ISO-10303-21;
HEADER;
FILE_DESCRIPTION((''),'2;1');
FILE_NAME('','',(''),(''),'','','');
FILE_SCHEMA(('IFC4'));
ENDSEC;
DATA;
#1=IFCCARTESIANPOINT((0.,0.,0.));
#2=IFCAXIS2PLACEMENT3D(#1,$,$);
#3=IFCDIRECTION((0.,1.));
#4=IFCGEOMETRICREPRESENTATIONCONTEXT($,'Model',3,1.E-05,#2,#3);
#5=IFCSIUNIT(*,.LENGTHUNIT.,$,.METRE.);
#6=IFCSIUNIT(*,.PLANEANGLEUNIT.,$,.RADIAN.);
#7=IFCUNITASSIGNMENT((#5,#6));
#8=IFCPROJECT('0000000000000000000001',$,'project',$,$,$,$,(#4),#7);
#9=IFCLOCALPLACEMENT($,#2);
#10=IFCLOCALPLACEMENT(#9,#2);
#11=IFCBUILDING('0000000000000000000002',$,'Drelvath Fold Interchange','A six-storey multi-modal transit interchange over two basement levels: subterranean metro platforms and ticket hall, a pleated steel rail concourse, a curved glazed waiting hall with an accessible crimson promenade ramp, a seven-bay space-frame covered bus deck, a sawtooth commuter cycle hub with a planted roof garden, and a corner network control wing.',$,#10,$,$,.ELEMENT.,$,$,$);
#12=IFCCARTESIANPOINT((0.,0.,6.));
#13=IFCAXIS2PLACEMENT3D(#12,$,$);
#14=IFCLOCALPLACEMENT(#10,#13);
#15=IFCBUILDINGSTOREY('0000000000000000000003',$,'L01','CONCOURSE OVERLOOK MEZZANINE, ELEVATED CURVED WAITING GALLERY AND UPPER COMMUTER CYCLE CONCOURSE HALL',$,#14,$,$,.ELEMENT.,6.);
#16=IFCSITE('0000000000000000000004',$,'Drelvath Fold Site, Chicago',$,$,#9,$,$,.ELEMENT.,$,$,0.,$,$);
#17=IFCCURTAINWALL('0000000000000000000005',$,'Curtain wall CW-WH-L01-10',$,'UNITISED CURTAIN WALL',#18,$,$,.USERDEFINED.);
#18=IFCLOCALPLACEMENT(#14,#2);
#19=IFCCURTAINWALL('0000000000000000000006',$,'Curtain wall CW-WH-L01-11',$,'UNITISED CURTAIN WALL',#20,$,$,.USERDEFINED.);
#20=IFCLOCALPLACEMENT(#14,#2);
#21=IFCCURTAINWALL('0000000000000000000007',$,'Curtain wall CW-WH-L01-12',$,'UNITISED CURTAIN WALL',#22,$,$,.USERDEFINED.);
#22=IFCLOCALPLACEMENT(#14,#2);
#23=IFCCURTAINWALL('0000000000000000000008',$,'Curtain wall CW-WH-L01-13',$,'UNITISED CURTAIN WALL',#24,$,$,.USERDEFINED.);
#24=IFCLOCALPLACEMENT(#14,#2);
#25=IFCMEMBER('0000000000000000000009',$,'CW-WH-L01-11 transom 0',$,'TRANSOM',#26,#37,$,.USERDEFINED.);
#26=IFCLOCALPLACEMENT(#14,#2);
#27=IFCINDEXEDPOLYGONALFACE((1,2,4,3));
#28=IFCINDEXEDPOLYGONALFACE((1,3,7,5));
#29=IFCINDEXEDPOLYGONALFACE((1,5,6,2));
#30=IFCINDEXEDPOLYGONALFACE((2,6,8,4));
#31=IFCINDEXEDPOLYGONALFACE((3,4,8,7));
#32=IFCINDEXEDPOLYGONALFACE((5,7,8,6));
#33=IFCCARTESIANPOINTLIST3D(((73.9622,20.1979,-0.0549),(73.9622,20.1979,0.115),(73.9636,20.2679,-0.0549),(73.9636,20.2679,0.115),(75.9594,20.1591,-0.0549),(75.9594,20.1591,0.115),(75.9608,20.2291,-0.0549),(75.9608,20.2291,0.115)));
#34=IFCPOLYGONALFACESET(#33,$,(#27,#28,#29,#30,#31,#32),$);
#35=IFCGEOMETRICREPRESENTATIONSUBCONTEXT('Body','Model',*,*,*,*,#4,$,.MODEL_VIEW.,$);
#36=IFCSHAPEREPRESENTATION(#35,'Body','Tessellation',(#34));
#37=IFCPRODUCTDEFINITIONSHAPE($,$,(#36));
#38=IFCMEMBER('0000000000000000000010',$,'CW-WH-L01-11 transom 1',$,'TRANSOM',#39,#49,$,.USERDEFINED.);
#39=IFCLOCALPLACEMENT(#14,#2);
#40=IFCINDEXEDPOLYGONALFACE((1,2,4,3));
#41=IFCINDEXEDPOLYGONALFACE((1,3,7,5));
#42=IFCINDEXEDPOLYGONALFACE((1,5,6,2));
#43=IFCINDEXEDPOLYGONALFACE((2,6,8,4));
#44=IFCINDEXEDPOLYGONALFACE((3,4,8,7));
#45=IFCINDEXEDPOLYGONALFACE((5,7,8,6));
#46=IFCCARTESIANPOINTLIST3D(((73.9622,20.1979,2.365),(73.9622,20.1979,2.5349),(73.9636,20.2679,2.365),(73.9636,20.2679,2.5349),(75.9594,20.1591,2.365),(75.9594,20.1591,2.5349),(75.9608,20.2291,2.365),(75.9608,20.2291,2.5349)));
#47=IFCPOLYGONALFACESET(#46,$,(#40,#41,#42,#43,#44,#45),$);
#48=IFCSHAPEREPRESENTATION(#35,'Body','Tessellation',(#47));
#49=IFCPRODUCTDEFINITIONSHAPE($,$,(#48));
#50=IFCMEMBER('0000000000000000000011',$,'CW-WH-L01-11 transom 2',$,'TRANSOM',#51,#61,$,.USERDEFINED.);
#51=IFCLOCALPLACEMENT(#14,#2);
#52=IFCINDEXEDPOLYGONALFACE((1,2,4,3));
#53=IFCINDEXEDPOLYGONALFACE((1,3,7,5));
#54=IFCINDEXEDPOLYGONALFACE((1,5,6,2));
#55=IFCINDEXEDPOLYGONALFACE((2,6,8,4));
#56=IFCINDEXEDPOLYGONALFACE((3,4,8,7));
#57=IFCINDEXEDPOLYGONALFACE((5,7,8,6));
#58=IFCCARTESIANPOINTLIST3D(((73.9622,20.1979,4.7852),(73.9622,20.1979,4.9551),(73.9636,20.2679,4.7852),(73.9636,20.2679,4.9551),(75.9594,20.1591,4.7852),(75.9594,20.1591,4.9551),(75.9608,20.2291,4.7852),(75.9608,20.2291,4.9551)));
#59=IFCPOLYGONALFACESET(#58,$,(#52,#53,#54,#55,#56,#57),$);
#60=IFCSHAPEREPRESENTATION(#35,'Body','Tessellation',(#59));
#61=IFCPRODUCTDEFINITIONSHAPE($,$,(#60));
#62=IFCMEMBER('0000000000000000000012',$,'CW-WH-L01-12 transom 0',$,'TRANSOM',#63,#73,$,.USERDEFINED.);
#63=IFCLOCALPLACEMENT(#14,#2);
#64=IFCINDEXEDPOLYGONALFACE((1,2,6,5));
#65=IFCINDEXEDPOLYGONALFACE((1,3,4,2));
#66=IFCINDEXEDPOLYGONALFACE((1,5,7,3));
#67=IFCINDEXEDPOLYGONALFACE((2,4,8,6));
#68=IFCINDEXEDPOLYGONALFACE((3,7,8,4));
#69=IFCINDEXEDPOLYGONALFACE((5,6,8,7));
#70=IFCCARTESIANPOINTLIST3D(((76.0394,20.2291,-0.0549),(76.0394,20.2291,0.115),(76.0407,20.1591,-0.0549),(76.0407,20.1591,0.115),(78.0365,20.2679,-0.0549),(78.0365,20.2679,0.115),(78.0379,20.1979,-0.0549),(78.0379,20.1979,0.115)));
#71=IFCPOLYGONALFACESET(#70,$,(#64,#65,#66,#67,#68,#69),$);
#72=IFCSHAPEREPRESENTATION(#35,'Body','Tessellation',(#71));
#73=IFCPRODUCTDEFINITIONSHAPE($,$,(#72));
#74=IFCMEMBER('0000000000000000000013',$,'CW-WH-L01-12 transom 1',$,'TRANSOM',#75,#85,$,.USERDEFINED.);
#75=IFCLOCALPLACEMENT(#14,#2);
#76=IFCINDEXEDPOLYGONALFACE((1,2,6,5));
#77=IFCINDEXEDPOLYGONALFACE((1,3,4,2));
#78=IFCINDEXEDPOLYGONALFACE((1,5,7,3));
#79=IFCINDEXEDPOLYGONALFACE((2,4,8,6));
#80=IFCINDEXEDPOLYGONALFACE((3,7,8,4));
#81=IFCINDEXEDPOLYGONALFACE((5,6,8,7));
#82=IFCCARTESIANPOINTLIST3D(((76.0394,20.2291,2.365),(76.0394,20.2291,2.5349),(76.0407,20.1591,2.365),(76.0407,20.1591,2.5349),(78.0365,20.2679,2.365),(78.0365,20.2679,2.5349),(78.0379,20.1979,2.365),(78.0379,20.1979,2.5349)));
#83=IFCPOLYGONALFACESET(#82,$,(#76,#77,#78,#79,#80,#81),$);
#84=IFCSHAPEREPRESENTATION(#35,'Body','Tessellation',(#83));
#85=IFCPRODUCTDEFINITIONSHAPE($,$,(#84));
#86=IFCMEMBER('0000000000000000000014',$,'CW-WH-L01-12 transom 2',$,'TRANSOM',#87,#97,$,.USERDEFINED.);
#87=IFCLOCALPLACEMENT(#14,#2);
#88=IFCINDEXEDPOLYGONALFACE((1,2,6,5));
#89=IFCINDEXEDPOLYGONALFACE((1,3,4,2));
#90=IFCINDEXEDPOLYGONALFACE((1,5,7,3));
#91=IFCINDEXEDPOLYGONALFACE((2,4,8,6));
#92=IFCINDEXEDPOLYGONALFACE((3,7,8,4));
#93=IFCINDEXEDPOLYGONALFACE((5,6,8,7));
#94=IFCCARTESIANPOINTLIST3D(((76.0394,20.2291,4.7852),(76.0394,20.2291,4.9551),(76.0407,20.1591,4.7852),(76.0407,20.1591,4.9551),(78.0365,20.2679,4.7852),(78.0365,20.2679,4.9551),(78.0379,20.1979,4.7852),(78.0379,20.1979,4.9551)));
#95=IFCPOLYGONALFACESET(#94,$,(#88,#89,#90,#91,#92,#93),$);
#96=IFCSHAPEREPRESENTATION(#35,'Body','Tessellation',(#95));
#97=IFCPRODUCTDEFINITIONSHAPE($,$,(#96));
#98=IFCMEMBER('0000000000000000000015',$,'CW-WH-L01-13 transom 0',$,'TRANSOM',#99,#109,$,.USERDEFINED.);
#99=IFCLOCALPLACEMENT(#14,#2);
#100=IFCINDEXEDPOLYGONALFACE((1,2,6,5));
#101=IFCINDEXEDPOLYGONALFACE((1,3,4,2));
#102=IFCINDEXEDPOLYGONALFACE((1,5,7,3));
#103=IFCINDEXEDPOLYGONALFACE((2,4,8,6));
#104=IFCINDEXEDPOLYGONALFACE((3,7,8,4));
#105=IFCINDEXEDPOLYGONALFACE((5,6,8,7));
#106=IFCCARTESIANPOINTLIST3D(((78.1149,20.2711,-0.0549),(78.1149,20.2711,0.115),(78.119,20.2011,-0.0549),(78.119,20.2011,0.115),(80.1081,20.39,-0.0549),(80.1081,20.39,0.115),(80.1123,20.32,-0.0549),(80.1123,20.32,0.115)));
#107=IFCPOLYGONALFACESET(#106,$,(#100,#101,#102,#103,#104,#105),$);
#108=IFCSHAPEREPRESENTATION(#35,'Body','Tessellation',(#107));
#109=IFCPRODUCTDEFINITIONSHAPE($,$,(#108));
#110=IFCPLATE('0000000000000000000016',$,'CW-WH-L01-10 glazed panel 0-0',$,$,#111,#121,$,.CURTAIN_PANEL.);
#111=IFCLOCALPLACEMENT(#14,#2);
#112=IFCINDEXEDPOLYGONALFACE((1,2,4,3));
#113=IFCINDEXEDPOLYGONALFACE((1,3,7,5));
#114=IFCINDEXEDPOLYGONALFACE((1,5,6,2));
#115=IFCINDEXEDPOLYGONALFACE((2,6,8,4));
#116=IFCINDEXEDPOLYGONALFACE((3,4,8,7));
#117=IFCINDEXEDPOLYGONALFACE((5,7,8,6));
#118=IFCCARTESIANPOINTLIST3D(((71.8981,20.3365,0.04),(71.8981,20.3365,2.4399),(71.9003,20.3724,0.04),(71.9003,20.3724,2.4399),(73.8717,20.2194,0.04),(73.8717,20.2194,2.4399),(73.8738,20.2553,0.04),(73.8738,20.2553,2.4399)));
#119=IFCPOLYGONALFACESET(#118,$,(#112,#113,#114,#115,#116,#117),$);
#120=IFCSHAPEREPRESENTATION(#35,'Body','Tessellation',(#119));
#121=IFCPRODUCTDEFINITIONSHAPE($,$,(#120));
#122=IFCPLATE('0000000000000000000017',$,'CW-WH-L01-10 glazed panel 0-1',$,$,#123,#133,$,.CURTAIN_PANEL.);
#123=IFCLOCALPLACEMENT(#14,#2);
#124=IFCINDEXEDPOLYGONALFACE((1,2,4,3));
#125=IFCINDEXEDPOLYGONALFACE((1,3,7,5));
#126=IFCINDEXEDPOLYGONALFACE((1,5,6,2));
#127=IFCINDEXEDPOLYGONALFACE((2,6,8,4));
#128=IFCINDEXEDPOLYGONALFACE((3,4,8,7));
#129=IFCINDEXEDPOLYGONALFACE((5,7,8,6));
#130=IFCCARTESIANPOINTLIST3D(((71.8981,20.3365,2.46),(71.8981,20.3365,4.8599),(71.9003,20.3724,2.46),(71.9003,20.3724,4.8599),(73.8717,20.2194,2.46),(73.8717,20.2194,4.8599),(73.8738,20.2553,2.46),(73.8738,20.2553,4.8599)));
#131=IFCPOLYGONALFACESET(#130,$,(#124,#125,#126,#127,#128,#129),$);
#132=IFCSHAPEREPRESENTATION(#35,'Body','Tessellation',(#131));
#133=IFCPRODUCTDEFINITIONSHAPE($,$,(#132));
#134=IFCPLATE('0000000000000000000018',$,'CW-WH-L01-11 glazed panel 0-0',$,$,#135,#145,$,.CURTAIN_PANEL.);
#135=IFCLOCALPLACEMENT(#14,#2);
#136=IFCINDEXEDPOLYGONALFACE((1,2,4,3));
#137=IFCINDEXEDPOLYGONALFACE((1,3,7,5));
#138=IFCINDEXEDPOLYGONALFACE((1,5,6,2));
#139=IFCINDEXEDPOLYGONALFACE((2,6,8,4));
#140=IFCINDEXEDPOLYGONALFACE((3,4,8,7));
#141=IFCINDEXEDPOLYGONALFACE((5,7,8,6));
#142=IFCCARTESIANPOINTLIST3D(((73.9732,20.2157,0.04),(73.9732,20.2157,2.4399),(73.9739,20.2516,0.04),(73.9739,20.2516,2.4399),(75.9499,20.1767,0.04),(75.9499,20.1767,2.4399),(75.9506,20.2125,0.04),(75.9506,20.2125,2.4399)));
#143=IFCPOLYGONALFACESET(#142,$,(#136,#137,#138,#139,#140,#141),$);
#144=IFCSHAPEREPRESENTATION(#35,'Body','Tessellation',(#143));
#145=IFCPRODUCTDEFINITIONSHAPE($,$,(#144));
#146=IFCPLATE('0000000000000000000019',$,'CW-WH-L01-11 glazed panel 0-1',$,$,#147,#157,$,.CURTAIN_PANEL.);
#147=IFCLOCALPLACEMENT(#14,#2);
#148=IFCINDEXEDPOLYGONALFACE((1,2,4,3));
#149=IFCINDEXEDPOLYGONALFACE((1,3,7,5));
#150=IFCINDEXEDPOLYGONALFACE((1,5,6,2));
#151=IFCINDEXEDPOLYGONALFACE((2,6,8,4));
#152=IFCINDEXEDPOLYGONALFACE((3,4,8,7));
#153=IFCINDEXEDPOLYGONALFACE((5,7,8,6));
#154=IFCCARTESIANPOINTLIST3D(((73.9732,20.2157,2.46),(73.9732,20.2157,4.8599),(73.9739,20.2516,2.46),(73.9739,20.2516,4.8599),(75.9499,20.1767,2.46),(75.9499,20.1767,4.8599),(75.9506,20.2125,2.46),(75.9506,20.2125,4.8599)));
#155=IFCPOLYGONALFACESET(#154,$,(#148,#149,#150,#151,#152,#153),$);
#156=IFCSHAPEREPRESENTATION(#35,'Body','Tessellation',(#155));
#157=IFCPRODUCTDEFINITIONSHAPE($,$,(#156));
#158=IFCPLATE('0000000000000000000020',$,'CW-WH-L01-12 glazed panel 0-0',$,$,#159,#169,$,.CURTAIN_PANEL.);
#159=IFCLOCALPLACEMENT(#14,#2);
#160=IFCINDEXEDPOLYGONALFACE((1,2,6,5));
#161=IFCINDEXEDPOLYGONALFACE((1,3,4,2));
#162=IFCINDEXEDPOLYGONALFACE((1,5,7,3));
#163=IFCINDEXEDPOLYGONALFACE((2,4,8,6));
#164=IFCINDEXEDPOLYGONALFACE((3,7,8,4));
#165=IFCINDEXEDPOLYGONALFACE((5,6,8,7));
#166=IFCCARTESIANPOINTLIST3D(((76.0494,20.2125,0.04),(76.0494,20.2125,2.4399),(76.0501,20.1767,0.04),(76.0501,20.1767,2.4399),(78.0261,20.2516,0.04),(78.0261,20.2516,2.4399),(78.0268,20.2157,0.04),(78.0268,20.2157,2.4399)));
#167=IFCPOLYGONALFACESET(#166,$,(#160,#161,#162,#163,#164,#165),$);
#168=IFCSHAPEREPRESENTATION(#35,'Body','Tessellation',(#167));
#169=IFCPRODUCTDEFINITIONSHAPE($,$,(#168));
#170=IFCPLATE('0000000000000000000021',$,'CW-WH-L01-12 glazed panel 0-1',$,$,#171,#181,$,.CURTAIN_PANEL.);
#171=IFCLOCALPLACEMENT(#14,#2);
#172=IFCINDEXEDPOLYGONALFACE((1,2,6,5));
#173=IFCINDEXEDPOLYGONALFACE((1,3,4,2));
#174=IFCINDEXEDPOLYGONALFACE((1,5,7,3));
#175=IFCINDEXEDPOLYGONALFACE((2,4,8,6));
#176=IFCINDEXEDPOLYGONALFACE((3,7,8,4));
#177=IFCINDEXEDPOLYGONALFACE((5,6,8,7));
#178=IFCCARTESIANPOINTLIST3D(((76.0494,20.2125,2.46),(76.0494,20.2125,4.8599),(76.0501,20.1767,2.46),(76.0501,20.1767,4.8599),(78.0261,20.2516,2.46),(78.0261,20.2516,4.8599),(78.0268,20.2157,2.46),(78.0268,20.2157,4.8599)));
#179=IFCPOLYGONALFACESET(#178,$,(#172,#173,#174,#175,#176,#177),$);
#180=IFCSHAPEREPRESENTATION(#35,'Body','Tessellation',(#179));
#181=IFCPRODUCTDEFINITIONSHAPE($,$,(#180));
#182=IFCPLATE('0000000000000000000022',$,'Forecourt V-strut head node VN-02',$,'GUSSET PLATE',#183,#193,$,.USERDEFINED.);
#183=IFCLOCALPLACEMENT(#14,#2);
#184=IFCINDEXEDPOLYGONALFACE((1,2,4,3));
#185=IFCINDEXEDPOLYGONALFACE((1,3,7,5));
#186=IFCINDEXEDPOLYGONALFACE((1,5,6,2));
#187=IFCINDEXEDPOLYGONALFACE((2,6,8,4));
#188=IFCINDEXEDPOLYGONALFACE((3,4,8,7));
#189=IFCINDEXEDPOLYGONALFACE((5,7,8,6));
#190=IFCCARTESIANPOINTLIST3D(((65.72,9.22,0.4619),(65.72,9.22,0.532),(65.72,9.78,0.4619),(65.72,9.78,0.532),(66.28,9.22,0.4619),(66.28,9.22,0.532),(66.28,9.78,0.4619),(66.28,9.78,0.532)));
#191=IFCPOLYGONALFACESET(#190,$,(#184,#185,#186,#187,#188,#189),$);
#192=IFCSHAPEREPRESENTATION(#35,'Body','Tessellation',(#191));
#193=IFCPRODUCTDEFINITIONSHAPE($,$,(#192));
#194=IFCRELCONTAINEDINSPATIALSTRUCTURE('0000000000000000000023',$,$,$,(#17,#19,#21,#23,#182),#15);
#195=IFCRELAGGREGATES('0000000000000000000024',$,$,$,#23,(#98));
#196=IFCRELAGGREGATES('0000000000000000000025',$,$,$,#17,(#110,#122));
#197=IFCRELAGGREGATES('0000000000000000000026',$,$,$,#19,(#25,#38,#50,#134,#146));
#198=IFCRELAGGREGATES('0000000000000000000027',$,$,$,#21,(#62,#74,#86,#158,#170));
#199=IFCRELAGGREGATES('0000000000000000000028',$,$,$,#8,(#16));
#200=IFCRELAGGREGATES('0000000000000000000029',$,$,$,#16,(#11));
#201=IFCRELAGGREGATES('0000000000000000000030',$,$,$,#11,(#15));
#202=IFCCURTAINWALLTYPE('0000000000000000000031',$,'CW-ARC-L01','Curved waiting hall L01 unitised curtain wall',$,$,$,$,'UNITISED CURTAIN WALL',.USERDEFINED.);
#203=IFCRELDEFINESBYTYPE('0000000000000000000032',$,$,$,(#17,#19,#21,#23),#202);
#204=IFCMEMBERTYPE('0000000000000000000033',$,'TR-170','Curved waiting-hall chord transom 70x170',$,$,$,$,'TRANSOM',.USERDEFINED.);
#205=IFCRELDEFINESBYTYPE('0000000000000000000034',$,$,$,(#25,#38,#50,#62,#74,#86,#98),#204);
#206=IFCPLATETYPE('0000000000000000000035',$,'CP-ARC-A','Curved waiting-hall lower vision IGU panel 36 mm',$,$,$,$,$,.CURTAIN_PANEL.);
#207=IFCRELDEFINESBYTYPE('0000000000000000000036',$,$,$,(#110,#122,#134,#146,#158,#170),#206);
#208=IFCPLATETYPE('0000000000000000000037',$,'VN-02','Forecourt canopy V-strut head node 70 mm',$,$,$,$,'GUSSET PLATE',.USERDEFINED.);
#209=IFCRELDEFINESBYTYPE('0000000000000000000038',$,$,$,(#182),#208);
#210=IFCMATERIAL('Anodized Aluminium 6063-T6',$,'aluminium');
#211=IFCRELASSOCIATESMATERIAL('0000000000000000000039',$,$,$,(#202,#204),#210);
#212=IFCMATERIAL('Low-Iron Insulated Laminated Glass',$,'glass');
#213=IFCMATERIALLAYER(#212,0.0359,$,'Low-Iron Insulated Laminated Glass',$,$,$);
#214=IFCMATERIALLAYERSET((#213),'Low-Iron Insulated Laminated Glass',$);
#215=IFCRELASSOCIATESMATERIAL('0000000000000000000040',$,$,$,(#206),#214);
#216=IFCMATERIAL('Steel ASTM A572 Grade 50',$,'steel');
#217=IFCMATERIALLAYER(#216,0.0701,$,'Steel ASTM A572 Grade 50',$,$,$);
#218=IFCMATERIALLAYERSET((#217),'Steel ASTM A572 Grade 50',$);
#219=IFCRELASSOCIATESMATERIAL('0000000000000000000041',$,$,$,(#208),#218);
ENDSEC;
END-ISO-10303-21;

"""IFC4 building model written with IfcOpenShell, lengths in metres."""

from ifc_helpers import new_model, si_unit, direction, frame, origin, origin_2d, place, context, subcontext, project, spatial, rectangle, extrude, material, layer, layer_set, material_profile, profile_set, type_object, element, aggregate, save


model = new_model("IFC4")

# Units and contexts
model_context = context("Model", 3, precision=1e-05, world=origin(), true_north=direction((0.0, 1.0)))
body_context = subcontext(model_context, "Body", "Model", "MODEL_VIEW")
ifc_project = project(units=[si_unit("LENGTHUNIT", "METRE"), si_unit("PLANEANGLEUNIT", "RADIAN")], contexts=[model_context])

# Site, building, storey
site_placement = place(None, origin())
site = spatial("IfcSite", under=ifc_project, at=site_placement, Name="Drelvath Fold Site, Chicago", CompositionType="ELEMENT", RefElevation=0.0)
building_placement = place(site_placement, origin())
building = spatial("IfcBuilding", under=site, at=building_placement, Name="Drelvath Fold Interchange", Description="A six-storey multi-modal transit interchange over two basement levels: subterranean metro platforms and ticket hall, a pleated steel rail concourse, a curved glazed waiting hall with an accessible crimson promenade ramp, a seven-bay space-frame covered bus deck, a sawtooth commuter cycle hub with a planted roof garden, and a corner network control wing.", CompositionType="ELEMENT")
storey_placement = place(building_placement, frame((0.0, 0.0, 6.0)))
storey = spatial("IfcBuildingStorey", under=building, at=storey_placement, Name="L01", Description="CONCOURSE OVERLOOK MEZZANINE, ELEVATED CURVED WAITING GALLERY AND UPPER COMMUTER CYCLE CONCOURSE HALL", CompositionType="ELEMENT", Elevation=6.0)

# Curtain walls
ifc_material_1 = material(Name="Anodized Aluminium 6063-T6", Category="aluminium")
curtain_wall_type = type_object("IfcCurtainWallType", Name="CW-ARC-L01", Description="Curved waiting hall L01 unitised curtain wall", ElementType="UNITISED CURTAIN WALL", PredefinedType="USERDEFINED", material=ifc_material_1)
curtain_wall_1_placement = place(storey_placement, origin())
curtain_wall_1 = element("IfcCurtainWall", 1, at=curtain_wall_1_placement, inside=storey, type_object=curtain_wall_type, Name="Curtain wall CW-WH-L01-10", ObjectType="UNITISED CURTAIN WALL", PredefinedType="USERDEFINED")
curtain_wall_2_placement = place(storey_placement, origin())
curtain_wall_2 = element("IfcCurtainWall", 2, at=curtain_wall_2_placement, inside=storey, type_object=curtain_wall_type, Name="Curtain wall CW-WH-L01-11", ObjectType="UNITISED CURTAIN WALL", PredefinedType="USERDEFINED")
curtain_wall_3_placement = place(storey_placement, origin())
curtain_wall_3 = element("IfcCurtainWall", 3, at=curtain_wall_3_placement, inside=storey, type_object=curtain_wall_type, Name="Curtain wall CW-WH-L01-12", ObjectType="UNITISED CURTAIN WALL", PredefinedType="USERDEFINED")

# Curtain wall
curtain_wall_4_placement = place(storey_placement, origin())
curtain_wall_4 = element("IfcCurtainWall", 4, at=curtain_wall_4_placement, inside=storey, type_object=curtain_wall_type, Name="Curtain wall CW-WH-L01-13", ObjectType="UNITISED CURTAIN WALL", PredefinedType="USERDEFINED")

# Members
ifc_material_profile_1 = material_profile(ifc_material_1, rectangle(XDim=0.0701, YDim=0.1699, at=origin_2d()), Name="AL-T 70x170")
ifc_profile_set_1 = profile_set([ifc_material_profile_1], Name="Anodized Aluminium 6063-T6")
member_type_1 = type_object("IfcMemberType", Name="TR-170", Description="Curved waiting-hall chord transom 70x170", ElementType="TRANSOM", PredefinedType="USERDEFINED", material=ifc_profile_set_1)
member_1_placement = place(storey_placement, frame((73.9629, 20.2329, 0.03), z_axis=(0.999811, -0.019434, 0.0), x_axis=(0.019434, 0.999811, 0.0)))
member_1 = element("IfcMember", 5, at=member_1_placement, type_object=member_type_1, Name="CW-WH-L01-11 transom 0", ObjectType="TRANSOM", PredefinedType="USERDEFINED", context=body_context, shape_type="SweptSolid", body=[
    extrude(rectangle(XDim=0.0701, YDim=0.1699, at=origin_2d()), origin(), (0.0, 0.0, 1.0), 1.9976),
])
member_2_placement = place(storey_placement, frame((73.9629, 20.2329, 2.45), z_axis=(0.999811, -0.019434, 0.0), x_axis=(0.019434, 0.999811, 0.0)))
member_2 = element("IfcMember", 6, at=member_2_placement, type_object=member_type_1, Name="CW-WH-L01-11 transom 1", ObjectType="TRANSOM", PredefinedType="USERDEFINED", context=body_context, shape_type="SweptSolid", body=[
    extrude(rectangle(XDim=0.0701, YDim=0.1699, at=origin_2d()), origin(), (0.0, 0.0, 1.0), 1.9976),
])
member_3_placement = place(storey_placement, frame((73.9629, 20.2329, 4.8701), z_axis=(0.999811, -0.019434, 0.0), x_axis=(0.019434, 0.999811, 0.0)))
member_3 = element("IfcMember", 7, at=member_3_placement, type_object=member_type_1, Name="CW-WH-L01-11 transom 2", ObjectType="TRANSOM", PredefinedType="USERDEFINED", context=body_context, shape_type="SweptSolid", body=[
    extrude(rectangle(XDim=0.0701, YDim=0.1699, at=origin_2d()), origin(), (0.0, 0.0, 1.0), 1.9976),
])
member_4_placement = place(storey_placement, frame((76.04, 20.1941, 0.03), z_axis=(0.999811, 0.019434, 0.0), x_axis=(-0.019434, 0.999811, 0.0)))
member_4 = element("IfcMember", 8, at=member_4_placement, type_object=member_type_1, Name="CW-WH-L01-12 transom 0", ObjectType="TRANSOM", PredefinedType="USERDEFINED", context=body_context, shape_type="SweptSolid", body=[
    extrude(rectangle(XDim=0.0701, YDim=0.1699, at=origin_2d()), origin(), (0.0, 0.0, 1.0), 1.9976),
])
member_5_placement = place(storey_placement, frame((76.04, 20.1941, 2.45), z_axis=(0.999811, 0.019434, 0.0), x_axis=(-0.019434, 0.999811, 0.0)))
member_5 = element("IfcMember", 9, at=member_5_placement, type_object=member_type_1, Name="CW-WH-L01-12 transom 1", ObjectType="TRANSOM", PredefinedType="USERDEFINED", context=body_context, shape_type="SweptSolid", body=[
    extrude(rectangle(XDim=0.0701, YDim=0.1699, at=origin_2d()), origin(), (0.0, 0.0, 1.0), 1.9976),
])
member_6_placement = place(storey_placement, frame((76.04, 20.1941, 4.8701), z_axis=(0.999811, 0.019434, 0.0), x_axis=(-0.019434, 0.999811, 0.0)))
member_6 = element("IfcMember", 10, at=member_6_placement, type_object=member_type_1, Name="CW-WH-L01-12 transom 2", ObjectType="TRANSOM", PredefinedType="USERDEFINED", context=body_context, shape_type="SweptSolid", body=[
    extrude(rectangle(XDim=0.0701, YDim=0.1699, at=origin_2d()), origin(), (0.0, 0.0, 1.0), 1.9976),
])
member_7_placement = place(storey_placement, frame((78.1169, 20.2361, 0.03), z_axis=(0.998226, 0.059546, 0.0), x_axis=(-0.059546, 0.998226, 0.0)))
member_7 = element("IfcMember", 11, at=member_7_placement, type_object=member_type_1, Name="CW-WH-L01-13 transom 0", ObjectType="TRANSOM", PredefinedType="USERDEFINED", context=body_context, shape_type="SweptSolid", body=[
    extrude(rectangle(XDim=0.0701, YDim=0.1699, at=origin_2d()), origin(), (0.0, 0.0, 1.0), 1.9968),
])
aggregate(curtain_wall_4, [member_7])

# Plates
ifc_material_2 = material(Name="Low-Iron Insulated Laminated Glass", Category="glass")
ifc_layer_1 = layer(ifc_material_2, 0.0359, Name="Low-Iron Insulated Laminated Glass")
ifc_layer_set_1 = layer_set([ifc_layer_1], Name="Low-Iron Insulated Laminated Glass")
plate_type_1 = type_object("IfcPlateType", Name="CP-ARC-A", Description="Curved waiting-hall lower vision IGU panel 36 mm", PredefinedType="CURTAIN_PANEL", material=ifc_layer_set_1)
plate_1_placement = place(storey_placement, frame((72.886, 20.2959, 0.04), z_axis=(0.0, 0.0, 1.0), x_axis=(0.998244, -0.059237, 0.0)))
plate_1 = element("IfcPlate", 12, at=plate_1_placement, type_object=plate_type_1, Name="CW-WH-L01-10 glazed panel 0-0", PredefinedType="CURTAIN_PANEL", context=body_context, shape_type="SweptSolid", body=[
    extrude(rectangle(XDim=1.9771, YDim=0.0359, at=origin_2d()), origin(), (0.0, 0.0, 1.0), 2.3999),
])
plate_2_placement = place(storey_placement, frame((72.886, 20.2959, 2.46), z_axis=(0.0, 0.0, 1.0), x_axis=(0.998244, -0.059237, 0.0)))
plate_2 = element("IfcPlate", 13, at=plate_2_placement, type_object=plate_type_1, Name="CW-WH-L01-10 glazed panel 0-1", PredefinedType="CURTAIN_PANEL", context=body_context, shape_type="SweptSolid", body=[
    extrude(rectangle(XDim=1.9771, YDim=0.0359, at=origin_2d()), origin(), (0.0, 0.0, 1.0), 2.3999),
])
aggregate(curtain_wall_1, [plate_1, plate_2])
plate_3_placement = place(storey_placement, frame((74.9619, 20.2141, 0.04), z_axis=(0.0, 0.0, 1.0), x_axis=(0.999805, -0.019738, 0.0)))
plate_3 = element("IfcPlate", 14, at=plate_3_placement, type_object=plate_type_1, Name="CW-WH-L01-11 glazed panel 0-0", PredefinedType="CURTAIN_PANEL", context=body_context, shape_type="SweptSolid", body=[
    extrude(rectangle(XDim=1.9771, YDim=0.0359, at=origin_2d()), origin(), (0.0, 0.0, 1.0), 2.3999),
])
plate_4_placement = place(storey_placement, frame((74.9619, 20.2141, 2.46), z_axis=(0.0, 0.0, 1.0), x_axis=(0.999805, -0.019738, 0.0)))
plate_4 = element("IfcPlate", 15, at=plate_4_placement, type_object=plate_type_1, Name="CW-WH-L01-11 glazed panel 0-1", PredefinedType="CURTAIN_PANEL", context=body_context, shape_type="SweptSolid", body=[
    extrude(rectangle(XDim=1.9771, YDim=0.0359, at=origin_2d()), origin(), (0.0, 0.0, 1.0), 2.3999),
])
aggregate(curtain_wall_2, [member_1, member_2, member_3, plate_3, plate_4])
plate_5_placement = place(storey_placement, frame((77.0381, 20.2141, 0.04), z_axis=(0.0, 0.0, 1.0), x_axis=(0.999805, 0.019738, 0.0)))
plate_5 = element("IfcPlate", 16, at=plate_5_placement, type_object=plate_type_1, Name="CW-WH-L01-12 glazed panel 0-0", PredefinedType="CURTAIN_PANEL", context=body_context, shape_type="SweptSolid", body=[
    extrude(rectangle(XDim=1.9771, YDim=0.0359, at=origin_2d()), origin(), (0.0, 0.0, 1.0), 2.3999),
])
plate_6_placement = place(storey_placement, frame((77.0381, 20.2141, 2.46), z_axis=(0.0, 0.0, 1.0), x_axis=(0.999805, 0.019738, 0.0)))
plate_6 = element("IfcPlate", 17, at=plate_6_placement, type_object=plate_type_1, Name="CW-WH-L01-12 glazed panel 0-1", PredefinedType="CURTAIN_PANEL", context=body_context, shape_type="SweptSolid", body=[
    extrude(rectangle(XDim=1.9771, YDim=0.0359, at=origin_2d()), origin(), (0.0, 0.0, 1.0), 2.3999),
])
aggregate(curtain_wall_3, [member_4, member_5, member_6, plate_5, plate_6])

# Plate
ifc_material_3 = material(Name="Steel ASTM A572 Grade 50", Category="steel")
ifc_layer_2 = layer(ifc_material_3, 0.0701, Name="Steel ASTM A572 Grade 50")
ifc_layer_set_2 = layer_set([ifc_layer_2], Name="Steel ASTM A572 Grade 50")
plate_type_2 = type_object("IfcPlateType", Name="VN-02", Description="Forecourt canopy V-strut head node 70 mm", ElementType="GUSSET PLATE", PredefinedType="USERDEFINED", material=ifc_layer_set_2)
for number, where, z_axis, x_axis, name in (
    (18, (66.0, 9.5, 0.4619), (0.0, 0.0, 1.0), (1.0, 0.0, 0.0), "Forecourt V-strut head node VN-02"),
):
    element("IfcPlate", number, at=place(storey_placement, frame(where, z_axis=z_axis, x_axis=x_axis)), inside=storey, type_object=plate_type_2, Name=name, ObjectType="GUSSET PLATE", PredefinedType="USERDEFINED", context=body_context, shape_type="SweptSolid", body=[
        extrude(rectangle(XDim=0.5601, YDim=0.5601, at=origin_2d()), origin(), (0.0, 0.0, 1.0), 0.0701),
    ])

save(model, "model.ifc")
